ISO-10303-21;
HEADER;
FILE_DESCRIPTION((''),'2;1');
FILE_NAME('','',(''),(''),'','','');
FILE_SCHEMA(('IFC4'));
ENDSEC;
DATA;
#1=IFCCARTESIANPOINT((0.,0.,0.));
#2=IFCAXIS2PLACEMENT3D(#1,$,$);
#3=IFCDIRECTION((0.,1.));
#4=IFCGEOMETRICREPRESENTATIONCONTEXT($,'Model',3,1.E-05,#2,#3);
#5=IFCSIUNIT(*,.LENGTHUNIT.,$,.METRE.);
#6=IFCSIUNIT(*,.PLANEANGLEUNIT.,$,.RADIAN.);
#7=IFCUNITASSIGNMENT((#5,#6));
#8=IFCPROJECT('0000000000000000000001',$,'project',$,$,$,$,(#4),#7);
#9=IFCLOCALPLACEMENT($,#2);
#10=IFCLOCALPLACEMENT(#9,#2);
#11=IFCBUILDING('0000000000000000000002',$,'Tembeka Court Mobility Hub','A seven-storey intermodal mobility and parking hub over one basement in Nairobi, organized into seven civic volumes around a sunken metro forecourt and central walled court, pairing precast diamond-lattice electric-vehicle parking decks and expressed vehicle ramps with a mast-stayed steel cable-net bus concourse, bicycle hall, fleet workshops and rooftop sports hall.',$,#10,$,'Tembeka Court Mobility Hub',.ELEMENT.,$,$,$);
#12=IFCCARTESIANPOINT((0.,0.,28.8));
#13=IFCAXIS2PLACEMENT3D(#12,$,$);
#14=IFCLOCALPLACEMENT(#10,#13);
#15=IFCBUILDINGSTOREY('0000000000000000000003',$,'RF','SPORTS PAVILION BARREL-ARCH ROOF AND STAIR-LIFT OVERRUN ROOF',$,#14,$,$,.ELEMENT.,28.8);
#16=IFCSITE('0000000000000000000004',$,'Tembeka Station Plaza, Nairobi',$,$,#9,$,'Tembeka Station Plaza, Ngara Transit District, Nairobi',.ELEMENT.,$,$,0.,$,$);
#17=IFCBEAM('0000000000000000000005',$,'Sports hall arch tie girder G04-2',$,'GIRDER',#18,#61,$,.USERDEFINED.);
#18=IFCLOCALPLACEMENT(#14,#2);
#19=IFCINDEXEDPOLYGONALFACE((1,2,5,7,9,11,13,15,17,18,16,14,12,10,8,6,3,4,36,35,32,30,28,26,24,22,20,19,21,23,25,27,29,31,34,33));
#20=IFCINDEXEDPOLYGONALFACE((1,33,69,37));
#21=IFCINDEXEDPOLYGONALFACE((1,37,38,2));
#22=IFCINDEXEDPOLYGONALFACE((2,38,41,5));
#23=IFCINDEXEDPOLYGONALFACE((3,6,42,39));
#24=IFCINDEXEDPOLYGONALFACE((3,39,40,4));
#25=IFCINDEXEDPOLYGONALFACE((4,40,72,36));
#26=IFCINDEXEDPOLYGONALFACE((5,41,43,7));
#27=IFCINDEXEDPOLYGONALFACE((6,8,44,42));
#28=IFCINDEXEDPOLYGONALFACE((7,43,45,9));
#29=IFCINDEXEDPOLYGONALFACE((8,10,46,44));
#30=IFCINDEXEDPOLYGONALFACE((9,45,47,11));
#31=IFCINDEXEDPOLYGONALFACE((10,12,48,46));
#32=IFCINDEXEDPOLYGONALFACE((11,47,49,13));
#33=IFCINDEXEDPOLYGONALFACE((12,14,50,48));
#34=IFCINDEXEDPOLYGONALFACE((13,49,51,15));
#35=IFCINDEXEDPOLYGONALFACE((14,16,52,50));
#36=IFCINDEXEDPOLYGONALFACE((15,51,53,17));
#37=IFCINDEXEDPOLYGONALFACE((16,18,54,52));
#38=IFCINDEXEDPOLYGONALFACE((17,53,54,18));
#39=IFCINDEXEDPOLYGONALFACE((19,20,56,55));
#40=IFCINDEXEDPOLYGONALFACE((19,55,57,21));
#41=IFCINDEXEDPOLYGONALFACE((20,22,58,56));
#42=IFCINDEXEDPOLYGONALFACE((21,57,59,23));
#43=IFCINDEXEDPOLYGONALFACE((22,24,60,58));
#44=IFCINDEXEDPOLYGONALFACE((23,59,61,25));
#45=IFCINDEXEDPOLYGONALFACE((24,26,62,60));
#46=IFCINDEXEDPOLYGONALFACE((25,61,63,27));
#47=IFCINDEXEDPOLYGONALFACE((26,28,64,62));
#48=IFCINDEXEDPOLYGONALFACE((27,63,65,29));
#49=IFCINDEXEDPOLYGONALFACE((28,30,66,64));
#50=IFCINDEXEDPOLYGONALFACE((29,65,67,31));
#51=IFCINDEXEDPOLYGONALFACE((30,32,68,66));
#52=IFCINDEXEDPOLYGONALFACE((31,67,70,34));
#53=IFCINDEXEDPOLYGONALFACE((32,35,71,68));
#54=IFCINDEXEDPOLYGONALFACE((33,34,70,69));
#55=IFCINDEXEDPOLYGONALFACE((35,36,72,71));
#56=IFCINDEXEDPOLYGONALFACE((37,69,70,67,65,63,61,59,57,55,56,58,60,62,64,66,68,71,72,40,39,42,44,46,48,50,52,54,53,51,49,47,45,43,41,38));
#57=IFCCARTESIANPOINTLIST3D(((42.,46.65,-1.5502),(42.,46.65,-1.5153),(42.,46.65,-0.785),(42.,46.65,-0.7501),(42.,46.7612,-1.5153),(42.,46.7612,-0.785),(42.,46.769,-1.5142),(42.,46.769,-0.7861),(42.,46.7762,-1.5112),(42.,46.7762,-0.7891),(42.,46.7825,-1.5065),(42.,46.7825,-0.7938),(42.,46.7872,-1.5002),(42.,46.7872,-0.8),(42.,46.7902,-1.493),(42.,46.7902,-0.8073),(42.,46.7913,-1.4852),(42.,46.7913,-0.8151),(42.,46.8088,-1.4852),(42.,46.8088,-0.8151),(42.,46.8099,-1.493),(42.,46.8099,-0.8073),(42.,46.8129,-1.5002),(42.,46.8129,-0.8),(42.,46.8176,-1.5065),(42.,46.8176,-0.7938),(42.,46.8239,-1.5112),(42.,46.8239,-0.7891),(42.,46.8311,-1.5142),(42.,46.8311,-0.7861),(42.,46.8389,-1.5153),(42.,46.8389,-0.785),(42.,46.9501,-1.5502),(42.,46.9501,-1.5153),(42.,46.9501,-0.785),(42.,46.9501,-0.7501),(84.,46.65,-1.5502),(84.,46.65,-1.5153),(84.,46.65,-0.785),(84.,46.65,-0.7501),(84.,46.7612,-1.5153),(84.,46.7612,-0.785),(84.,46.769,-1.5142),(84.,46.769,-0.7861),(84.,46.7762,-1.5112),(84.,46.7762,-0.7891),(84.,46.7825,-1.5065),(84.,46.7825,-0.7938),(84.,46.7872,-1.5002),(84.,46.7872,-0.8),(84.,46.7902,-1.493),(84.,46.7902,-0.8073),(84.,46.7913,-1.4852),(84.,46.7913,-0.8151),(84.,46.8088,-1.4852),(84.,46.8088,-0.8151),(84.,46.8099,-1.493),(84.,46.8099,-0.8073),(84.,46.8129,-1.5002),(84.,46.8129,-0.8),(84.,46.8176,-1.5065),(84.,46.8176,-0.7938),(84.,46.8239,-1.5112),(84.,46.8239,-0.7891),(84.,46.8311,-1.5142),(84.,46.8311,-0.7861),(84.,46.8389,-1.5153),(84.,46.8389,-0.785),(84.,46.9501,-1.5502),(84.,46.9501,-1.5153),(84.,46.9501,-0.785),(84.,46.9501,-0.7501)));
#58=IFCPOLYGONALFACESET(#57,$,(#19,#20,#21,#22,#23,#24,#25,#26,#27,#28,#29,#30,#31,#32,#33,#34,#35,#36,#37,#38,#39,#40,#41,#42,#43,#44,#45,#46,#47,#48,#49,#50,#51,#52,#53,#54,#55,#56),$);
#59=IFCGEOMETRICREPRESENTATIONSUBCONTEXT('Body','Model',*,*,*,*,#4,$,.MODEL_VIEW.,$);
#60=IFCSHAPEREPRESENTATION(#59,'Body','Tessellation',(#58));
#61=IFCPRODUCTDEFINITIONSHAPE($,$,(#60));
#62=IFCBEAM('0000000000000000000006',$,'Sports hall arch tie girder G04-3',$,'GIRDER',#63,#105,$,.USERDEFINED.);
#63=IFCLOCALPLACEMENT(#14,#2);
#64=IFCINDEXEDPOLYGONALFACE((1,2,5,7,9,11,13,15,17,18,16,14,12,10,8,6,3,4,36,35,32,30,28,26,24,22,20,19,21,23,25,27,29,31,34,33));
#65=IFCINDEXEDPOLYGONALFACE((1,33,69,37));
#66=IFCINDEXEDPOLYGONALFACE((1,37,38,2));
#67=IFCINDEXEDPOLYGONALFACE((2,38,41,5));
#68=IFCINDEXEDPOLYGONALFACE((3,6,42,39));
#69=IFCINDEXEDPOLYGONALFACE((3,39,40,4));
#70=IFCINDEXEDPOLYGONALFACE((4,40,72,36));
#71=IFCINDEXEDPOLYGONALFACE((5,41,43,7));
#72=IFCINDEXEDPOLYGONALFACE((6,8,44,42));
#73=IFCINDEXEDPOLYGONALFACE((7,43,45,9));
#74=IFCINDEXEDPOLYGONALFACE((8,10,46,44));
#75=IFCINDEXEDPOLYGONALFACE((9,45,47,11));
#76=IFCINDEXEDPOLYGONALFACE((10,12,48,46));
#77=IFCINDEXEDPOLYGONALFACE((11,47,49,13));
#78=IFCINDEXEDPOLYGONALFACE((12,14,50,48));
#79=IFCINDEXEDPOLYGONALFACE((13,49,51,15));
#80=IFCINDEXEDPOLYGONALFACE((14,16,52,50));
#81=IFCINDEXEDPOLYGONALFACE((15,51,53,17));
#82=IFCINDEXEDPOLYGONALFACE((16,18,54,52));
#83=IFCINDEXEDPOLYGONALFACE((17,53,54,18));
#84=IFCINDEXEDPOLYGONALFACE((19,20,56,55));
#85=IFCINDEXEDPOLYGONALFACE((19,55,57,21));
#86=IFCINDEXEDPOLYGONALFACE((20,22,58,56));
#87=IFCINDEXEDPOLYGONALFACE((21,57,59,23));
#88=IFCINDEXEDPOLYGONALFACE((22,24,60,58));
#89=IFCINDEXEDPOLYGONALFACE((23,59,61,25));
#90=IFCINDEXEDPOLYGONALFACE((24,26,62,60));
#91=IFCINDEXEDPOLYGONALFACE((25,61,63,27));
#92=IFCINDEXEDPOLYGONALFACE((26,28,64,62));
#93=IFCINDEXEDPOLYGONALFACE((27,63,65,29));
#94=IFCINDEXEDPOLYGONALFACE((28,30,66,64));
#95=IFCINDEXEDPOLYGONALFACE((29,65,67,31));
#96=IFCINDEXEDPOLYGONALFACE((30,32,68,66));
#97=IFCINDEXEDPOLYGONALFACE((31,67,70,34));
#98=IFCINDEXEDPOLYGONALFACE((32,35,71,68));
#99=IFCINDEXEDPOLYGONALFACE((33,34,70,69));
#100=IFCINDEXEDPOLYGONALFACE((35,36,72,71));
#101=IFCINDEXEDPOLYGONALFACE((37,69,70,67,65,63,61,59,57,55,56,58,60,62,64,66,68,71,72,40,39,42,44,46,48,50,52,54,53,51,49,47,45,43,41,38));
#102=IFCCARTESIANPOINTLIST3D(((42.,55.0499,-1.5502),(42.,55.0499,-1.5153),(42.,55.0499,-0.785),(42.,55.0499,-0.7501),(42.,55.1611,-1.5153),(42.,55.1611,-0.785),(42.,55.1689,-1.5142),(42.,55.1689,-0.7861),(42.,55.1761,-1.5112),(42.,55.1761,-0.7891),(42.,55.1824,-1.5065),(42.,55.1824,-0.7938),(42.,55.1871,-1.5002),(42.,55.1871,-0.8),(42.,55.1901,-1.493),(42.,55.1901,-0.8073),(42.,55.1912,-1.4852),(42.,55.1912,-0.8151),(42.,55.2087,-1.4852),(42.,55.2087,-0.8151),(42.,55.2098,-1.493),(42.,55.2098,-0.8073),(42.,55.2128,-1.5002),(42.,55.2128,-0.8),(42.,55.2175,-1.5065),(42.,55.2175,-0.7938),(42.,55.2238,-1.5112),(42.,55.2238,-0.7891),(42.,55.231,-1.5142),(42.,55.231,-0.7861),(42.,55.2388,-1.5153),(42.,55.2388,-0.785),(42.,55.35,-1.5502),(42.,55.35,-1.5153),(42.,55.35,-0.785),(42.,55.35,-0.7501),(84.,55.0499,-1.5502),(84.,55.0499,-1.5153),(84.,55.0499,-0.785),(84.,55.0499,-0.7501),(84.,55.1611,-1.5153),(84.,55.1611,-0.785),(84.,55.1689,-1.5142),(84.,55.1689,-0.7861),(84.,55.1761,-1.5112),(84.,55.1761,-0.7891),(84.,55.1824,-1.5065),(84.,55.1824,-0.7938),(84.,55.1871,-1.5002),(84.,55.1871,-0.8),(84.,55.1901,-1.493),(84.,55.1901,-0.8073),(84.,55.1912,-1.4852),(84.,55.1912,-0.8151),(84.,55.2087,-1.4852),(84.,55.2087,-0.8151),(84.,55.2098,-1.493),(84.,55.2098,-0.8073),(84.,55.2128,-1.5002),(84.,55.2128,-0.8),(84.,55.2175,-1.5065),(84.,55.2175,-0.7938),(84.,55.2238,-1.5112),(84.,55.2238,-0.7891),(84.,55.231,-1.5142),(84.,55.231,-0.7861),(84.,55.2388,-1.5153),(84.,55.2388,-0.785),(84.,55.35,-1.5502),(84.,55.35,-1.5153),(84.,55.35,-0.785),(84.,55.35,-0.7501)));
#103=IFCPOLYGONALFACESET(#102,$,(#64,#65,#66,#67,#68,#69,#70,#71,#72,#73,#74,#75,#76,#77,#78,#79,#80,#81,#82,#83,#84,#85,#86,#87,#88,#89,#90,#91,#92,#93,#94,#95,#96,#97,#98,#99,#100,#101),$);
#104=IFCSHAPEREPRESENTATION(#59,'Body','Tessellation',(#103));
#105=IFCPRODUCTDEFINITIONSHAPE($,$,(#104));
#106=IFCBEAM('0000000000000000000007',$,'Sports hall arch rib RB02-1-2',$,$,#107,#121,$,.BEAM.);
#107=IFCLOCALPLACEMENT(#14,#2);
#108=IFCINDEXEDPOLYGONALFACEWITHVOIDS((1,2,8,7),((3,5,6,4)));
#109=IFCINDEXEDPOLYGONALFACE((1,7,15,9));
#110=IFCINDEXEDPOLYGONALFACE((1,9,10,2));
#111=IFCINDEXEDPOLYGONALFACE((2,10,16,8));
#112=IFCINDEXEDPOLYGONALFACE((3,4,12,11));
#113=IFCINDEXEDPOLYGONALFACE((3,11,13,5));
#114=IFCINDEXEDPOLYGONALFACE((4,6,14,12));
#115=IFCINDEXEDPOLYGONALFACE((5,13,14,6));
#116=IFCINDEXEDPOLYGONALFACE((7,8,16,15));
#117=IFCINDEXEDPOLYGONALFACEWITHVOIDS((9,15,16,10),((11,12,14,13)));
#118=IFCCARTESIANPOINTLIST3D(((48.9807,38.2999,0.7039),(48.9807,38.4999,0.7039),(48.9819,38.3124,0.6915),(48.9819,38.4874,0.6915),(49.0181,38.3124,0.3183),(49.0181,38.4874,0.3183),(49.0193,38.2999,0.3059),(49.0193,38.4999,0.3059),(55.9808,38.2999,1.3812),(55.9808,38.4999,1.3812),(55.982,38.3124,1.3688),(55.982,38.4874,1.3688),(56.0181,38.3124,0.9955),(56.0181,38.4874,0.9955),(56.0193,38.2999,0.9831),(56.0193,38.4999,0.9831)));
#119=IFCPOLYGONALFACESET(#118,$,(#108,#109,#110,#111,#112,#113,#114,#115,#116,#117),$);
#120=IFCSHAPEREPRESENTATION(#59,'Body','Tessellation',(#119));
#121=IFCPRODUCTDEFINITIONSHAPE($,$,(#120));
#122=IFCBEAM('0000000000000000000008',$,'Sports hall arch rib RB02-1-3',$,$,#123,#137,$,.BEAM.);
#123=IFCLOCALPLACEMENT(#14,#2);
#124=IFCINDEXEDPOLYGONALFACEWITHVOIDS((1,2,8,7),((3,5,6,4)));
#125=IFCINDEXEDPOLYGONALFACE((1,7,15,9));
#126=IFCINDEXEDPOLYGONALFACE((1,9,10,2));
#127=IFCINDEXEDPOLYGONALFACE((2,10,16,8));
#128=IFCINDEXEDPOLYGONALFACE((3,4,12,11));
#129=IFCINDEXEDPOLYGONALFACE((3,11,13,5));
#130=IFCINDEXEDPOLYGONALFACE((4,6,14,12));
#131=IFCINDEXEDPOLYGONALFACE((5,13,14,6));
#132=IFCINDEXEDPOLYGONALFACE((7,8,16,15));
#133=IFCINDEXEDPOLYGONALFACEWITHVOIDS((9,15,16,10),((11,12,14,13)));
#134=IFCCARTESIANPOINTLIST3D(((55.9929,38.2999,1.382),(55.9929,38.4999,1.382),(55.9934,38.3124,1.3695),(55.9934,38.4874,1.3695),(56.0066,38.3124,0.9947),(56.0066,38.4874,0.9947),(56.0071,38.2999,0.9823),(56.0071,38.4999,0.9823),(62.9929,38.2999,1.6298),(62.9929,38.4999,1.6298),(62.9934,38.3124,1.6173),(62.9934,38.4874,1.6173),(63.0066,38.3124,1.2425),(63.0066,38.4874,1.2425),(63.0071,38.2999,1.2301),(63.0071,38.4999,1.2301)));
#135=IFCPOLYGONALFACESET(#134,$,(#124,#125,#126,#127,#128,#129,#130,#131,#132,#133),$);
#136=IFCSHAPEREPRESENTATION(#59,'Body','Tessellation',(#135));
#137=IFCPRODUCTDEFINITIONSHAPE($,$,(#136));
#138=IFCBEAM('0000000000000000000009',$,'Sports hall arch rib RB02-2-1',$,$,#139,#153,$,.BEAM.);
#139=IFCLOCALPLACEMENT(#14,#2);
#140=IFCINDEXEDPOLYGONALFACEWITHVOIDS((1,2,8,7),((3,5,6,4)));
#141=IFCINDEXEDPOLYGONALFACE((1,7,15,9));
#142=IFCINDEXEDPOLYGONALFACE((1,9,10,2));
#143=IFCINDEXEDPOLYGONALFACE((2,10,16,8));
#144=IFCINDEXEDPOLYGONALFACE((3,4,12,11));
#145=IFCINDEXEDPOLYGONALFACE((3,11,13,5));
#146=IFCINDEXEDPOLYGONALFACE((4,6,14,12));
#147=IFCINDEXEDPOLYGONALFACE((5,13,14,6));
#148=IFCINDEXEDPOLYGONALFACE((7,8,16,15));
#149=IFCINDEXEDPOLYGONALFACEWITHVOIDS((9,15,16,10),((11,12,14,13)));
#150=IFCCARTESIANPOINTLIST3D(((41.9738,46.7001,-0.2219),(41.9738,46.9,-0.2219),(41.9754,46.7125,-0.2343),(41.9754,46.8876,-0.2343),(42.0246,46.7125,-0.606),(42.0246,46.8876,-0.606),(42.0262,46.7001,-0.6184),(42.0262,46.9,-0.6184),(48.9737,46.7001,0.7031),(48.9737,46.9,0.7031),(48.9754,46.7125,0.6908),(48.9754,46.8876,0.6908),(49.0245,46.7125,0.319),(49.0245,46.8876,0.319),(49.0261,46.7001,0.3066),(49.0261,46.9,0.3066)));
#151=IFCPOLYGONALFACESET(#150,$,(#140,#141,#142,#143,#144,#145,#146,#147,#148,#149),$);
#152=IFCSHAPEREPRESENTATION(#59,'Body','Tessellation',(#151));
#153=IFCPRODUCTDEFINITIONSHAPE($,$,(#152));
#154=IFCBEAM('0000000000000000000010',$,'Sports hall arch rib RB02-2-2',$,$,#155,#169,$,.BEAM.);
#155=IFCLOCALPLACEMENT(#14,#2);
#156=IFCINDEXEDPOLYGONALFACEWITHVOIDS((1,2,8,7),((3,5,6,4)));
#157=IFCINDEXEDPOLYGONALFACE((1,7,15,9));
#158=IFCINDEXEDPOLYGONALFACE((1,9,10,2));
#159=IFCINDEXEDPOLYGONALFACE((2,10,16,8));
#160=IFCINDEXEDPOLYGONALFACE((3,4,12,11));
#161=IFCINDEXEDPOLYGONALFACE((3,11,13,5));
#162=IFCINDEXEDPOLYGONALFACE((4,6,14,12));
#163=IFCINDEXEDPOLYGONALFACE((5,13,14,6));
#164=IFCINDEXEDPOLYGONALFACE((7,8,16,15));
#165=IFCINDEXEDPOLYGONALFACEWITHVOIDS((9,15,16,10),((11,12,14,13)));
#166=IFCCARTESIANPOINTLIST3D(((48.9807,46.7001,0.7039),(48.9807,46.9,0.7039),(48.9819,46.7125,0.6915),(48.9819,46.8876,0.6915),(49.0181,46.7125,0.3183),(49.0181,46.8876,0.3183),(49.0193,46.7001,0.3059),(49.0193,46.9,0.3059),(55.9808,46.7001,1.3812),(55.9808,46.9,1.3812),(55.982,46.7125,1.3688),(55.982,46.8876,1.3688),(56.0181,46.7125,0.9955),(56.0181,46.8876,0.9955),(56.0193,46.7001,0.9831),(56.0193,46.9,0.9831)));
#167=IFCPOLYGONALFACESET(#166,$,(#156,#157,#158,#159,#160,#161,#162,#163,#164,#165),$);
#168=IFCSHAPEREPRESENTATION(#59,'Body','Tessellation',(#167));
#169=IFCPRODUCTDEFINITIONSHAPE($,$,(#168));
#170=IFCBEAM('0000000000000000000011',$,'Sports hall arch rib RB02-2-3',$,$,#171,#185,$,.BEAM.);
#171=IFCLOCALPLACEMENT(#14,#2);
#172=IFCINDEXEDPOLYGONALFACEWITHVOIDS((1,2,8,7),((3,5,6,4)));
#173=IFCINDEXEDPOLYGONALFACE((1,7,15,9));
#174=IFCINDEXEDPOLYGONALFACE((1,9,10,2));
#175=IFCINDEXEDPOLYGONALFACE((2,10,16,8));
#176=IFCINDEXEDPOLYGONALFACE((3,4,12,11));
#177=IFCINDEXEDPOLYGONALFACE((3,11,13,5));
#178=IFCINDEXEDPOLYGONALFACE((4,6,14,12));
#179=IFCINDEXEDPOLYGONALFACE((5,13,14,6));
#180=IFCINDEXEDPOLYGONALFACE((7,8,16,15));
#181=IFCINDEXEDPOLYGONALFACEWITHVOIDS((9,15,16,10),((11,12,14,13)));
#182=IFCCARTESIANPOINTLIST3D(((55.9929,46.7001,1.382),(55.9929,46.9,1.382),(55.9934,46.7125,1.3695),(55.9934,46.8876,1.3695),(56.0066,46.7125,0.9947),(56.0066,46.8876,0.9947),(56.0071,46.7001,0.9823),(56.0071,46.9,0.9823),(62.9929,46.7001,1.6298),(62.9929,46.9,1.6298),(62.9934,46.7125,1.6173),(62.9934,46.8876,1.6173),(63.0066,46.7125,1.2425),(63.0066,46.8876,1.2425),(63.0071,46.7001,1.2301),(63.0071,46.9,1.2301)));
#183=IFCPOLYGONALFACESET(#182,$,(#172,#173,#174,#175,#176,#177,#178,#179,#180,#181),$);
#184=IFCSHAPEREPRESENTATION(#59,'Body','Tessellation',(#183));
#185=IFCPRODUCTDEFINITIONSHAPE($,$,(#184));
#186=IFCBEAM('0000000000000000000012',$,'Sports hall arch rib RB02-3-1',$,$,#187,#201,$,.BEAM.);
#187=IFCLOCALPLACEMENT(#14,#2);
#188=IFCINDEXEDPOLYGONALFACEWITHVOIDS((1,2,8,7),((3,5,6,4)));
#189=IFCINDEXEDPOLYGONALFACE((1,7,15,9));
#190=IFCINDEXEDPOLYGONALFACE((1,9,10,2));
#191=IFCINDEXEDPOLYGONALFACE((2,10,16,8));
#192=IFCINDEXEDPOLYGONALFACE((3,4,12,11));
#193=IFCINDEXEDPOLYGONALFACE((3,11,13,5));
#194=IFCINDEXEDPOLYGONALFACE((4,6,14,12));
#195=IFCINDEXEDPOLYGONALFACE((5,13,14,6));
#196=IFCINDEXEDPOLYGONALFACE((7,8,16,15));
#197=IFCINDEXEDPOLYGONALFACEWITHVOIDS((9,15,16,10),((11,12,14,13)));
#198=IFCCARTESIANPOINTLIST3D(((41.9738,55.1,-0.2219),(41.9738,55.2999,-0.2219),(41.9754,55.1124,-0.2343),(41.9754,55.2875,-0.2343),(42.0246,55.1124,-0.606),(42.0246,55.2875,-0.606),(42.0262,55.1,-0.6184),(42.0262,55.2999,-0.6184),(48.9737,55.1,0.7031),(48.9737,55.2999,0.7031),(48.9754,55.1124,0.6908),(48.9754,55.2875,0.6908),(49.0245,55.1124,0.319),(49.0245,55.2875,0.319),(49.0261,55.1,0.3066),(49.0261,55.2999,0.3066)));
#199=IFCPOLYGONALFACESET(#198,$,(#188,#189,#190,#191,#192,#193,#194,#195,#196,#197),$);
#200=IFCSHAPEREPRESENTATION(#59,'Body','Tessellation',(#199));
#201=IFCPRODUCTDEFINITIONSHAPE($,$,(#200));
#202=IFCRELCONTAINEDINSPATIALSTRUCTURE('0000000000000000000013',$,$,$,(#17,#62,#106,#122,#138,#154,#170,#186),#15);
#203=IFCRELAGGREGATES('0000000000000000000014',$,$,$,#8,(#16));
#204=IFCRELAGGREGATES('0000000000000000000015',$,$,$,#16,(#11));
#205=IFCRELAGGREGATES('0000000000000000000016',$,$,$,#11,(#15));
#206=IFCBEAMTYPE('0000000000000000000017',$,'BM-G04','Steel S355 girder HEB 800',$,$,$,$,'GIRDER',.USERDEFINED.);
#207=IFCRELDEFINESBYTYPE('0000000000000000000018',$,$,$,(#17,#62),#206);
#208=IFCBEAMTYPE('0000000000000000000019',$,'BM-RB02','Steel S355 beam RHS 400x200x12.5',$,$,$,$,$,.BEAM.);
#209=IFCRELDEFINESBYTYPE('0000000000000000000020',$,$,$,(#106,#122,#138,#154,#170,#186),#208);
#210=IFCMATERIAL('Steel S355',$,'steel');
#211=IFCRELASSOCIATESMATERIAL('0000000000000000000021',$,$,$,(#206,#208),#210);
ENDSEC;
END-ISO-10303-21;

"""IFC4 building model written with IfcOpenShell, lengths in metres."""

from ifc_helpers import new_model, si_unit, direction, frame, origin, origin_2d, place, context, subcontext, project, spatial, hollow_rectangle, i_section, extrude, material, material_profile, profile_set, type_object, element, save


model = new_model("IFC4")

# Units and contexts
model_context = context("Model", 3, precision=1e-05, world=origin(), true_north=direction((0.0, 1.0)))
body_context = subcontext(model_context, "Body", "Model", "MODEL_VIEW")
ifc_project = project(units=[si_unit("LENGTHUNIT", "METRE"), si_unit("PLANEANGLEUNIT", "RADIAN")], contexts=[model_context])

# Site, building, storey
site_placement = place(None, origin())
site = spatial("IfcSite", under=ifc_project, at=site_placement, Name="Tembeka Station Plaza, Nairobi", LongName="Tembeka Station Plaza, Ngara Transit District, Nairobi", CompositionType="ELEMENT", RefElevation=0.0)
building_placement = place(site_placement, origin())
building = spatial("IfcBuilding", under=site, at=building_placement, Name="Tembeka Court Mobility Hub", Description="A seven-storey intermodal mobility and parking hub over one basement in Nairobi, organized into seven civic volumes around a sunken metro forecourt and central walled court, pairing precast diamond-lattice electric-vehicle parking decks and expressed vehicle ramps with a mast-stayed steel cable-net bus concourse, bicycle hall, fleet workshops and rooftop sports hall.", LongName="Tembeka Court Mobility Hub", CompositionType="ELEMENT")
storey_placement = place(building_placement, frame((0.0, 0.0, 28.8)))
storey = spatial("IfcBuildingStorey", under=building, at=storey_placement, Name="RF", Description="SPORTS PAVILION BARREL-ARCH ROOF AND STAIR-LIFT OVERRUN ROOF", CompositionType="ELEMENT", Elevation=28.8)

# Beams
ifc_material_1 = material(Name="Steel S355", Category="steel")
ifc_material_profile_1 = material_profile(ifc_material_1, i_section(OverallWidth=0.3, OverallDepth=0.8, WebThickness=0.0176, FlangeThickness=0.0349, FilletRadius=0.03, at=origin_2d()), Name="HEB 800")
ifc_profile_set_1 = profile_set([ifc_material_profile_1], Name="Steel S355")
beam_type_1 = type_object("IfcBeamType", Name="BM-G04", Description="Steel S355 girder HEB 800", ElementType="GIRDER", PredefinedType="USERDEFINED", material=ifc_profile_set_1)
for number, where, z_axis, x_axis, name in (
    (1, (42.0, 46.8, -1.1501), (1.0, 0.0, 0.0), (0.0, 1.0, 0.0), "Sports hall arch tie girder G04-2"),
    (2, (42.0, 55.2, -1.1501), (1.0, 0.0, 0.0), (0.0, 1.0, 0.0), "Sports hall arch tie girder G04-3"),
):
    element("IfcBeam", number, at=place(storey_placement, frame(where, z_axis=z_axis, x_axis=x_axis)), inside=storey, type_object=beam_type_1, Name=name, ObjectType="GIRDER", PredefinedType="USERDEFINED", context=body_context, shape_type="SweptSolid", body=[
        extrude(i_section(OverallWidth=0.3, OverallDepth=0.8, WebThickness=0.0176, FlangeThickness=0.0349, FilletRadius=0.03, at=origin_2d()), origin(), (0.0, 0.0, 1.0), 42.0),
    ])
ifc_material_profile_2 = material_profile(ifc_material_1, hollow_rectangle(XDim=0.2, YDim=0.3999, WallThickness=0.0125, at=origin_2d()), Name="RHS 400x200x12.5")
ifc_profile_set_2 = profile_set([ifc_material_profile_2], Name="Steel S355")
beam_type_2 = type_object("IfcBeamType", Name="BM-RB02", Description="Steel S355 beam RHS 400x200x12.5", PredefinedType="BEAM", material=ifc_profile_set_2)
beam_1_placement = place(storey_placement, frame((49.0, 38.3999, 0.5049), z_axis=(0.995352, 0.0, 0.0963), x_axis=(0.0, 1.0, 0.0)))
element("IfcBeam", 3, at=beam_1_placement, inside=storey, type_object=beam_type_2, Name="Sports hall arch rib RB02-1-2", PredefinedType="BEAM", context=body_context, shape_type="SweptSolid", body=[
    extrude(hollow_rectangle(XDim=0.2, YDim=0.3999, WallThickness=0.0125, at=origin_2d()), origin(), (0.0, 0.0, 1.0), 7.0327),
])
beam_2_placement = place(storey_placement, frame((56.0, 38.3999, 1.1821), z_axis=(0.999374, 0.0, 0.035378), x_axis=(0.0, 1.0, 0.0)))
element("IfcBeam", 4, at=beam_2_placement, inside=storey, type_object=beam_type_2, Name="Sports hall arch rib RB02-1-3", PredefinedType="BEAM", context=body_context, shape_type="SweptSolid", body=[
    extrude(hollow_rectangle(XDim=0.2, YDim=0.3999, WallThickness=0.0125, at=origin_2d()), origin(), (0.0, 0.0, 1.0), 7.0044),
])
beam_3_placement = place(storey_placement, frame((42.0, 46.8, -0.4202), z_axis=(0.991381, 0.0, 0.131011), x_axis=(0.0, 1.0, 0.0)))
element("IfcBeam", 5, at=beam_3_placement, inside=storey, type_object=beam_type_2, Name="Sports hall arch rib RB02-2-1", PredefinedType="BEAM", context=body_context, shape_type="SweptSolid", body=[
    extrude(hollow_rectangle(XDim=0.2, YDim=0.3999, WallThickness=0.0125, at=origin_2d()), origin(), (0.0, 0.0, 1.0), 7.0608),
])
beam_4_placement = place(storey_placement, frame((49.0, 46.8, 0.5049), z_axis=(0.995352, 0.0, 0.0963), x_axis=(0.0, 1.0, 0.0)))
element("IfcBeam", 6, at=beam_4_placement, inside=storey, type_object=beam_type_2, Name="Sports hall arch rib RB02-2-2", PredefinedType="BEAM", context=body_context, shape_type="SweptSolid", body=[
    extrude(hollow_rectangle(XDim=0.2, YDim=0.3999, WallThickness=0.0125, at=origin_2d()), origin(), (0.0, 0.0, 1.0), 7.0327),
])
beam_5_placement = place(storey_placement, frame((56.0, 46.8, 1.1821), z_axis=(0.999374, 0.0, 0.035378), x_axis=(0.0, 1.0, 0.0)))
element("IfcBeam", 7, at=beam_5_placement, inside=storey, type_object=beam_type_2, Name="Sports hall arch rib RB02-2-3", PredefinedType="BEAM", context=body_context, shape_type="SweptSolid", body=[
    extrude(hollow_rectangle(XDim=0.2, YDim=0.3999, WallThickness=0.0125, at=origin_2d()), origin(), (0.0, 0.0, 1.0), 7.0044),
])
beam_6_placement = place(storey_placement, frame((42.0, 55.2, -0.4202), z_axis=(0.991381, 0.0, 0.131011), x_axis=(0.0, 1.0, 0.0)))
element("IfcBeam", 8, at=beam_6_placement, inside=storey, type_object=beam_type_2, Name="Sports hall arch rib RB02-3-1", PredefinedType="BEAM", context=body_context, shape_type="SweptSolid", body=[
    extrude(hollow_rectangle(XDim=0.2, YDim=0.3999, WallThickness=0.0125, at=origin_2d()), origin(), (0.0, 0.0, 1.0), 7.0608),
])

save(model, "model.ifc")
